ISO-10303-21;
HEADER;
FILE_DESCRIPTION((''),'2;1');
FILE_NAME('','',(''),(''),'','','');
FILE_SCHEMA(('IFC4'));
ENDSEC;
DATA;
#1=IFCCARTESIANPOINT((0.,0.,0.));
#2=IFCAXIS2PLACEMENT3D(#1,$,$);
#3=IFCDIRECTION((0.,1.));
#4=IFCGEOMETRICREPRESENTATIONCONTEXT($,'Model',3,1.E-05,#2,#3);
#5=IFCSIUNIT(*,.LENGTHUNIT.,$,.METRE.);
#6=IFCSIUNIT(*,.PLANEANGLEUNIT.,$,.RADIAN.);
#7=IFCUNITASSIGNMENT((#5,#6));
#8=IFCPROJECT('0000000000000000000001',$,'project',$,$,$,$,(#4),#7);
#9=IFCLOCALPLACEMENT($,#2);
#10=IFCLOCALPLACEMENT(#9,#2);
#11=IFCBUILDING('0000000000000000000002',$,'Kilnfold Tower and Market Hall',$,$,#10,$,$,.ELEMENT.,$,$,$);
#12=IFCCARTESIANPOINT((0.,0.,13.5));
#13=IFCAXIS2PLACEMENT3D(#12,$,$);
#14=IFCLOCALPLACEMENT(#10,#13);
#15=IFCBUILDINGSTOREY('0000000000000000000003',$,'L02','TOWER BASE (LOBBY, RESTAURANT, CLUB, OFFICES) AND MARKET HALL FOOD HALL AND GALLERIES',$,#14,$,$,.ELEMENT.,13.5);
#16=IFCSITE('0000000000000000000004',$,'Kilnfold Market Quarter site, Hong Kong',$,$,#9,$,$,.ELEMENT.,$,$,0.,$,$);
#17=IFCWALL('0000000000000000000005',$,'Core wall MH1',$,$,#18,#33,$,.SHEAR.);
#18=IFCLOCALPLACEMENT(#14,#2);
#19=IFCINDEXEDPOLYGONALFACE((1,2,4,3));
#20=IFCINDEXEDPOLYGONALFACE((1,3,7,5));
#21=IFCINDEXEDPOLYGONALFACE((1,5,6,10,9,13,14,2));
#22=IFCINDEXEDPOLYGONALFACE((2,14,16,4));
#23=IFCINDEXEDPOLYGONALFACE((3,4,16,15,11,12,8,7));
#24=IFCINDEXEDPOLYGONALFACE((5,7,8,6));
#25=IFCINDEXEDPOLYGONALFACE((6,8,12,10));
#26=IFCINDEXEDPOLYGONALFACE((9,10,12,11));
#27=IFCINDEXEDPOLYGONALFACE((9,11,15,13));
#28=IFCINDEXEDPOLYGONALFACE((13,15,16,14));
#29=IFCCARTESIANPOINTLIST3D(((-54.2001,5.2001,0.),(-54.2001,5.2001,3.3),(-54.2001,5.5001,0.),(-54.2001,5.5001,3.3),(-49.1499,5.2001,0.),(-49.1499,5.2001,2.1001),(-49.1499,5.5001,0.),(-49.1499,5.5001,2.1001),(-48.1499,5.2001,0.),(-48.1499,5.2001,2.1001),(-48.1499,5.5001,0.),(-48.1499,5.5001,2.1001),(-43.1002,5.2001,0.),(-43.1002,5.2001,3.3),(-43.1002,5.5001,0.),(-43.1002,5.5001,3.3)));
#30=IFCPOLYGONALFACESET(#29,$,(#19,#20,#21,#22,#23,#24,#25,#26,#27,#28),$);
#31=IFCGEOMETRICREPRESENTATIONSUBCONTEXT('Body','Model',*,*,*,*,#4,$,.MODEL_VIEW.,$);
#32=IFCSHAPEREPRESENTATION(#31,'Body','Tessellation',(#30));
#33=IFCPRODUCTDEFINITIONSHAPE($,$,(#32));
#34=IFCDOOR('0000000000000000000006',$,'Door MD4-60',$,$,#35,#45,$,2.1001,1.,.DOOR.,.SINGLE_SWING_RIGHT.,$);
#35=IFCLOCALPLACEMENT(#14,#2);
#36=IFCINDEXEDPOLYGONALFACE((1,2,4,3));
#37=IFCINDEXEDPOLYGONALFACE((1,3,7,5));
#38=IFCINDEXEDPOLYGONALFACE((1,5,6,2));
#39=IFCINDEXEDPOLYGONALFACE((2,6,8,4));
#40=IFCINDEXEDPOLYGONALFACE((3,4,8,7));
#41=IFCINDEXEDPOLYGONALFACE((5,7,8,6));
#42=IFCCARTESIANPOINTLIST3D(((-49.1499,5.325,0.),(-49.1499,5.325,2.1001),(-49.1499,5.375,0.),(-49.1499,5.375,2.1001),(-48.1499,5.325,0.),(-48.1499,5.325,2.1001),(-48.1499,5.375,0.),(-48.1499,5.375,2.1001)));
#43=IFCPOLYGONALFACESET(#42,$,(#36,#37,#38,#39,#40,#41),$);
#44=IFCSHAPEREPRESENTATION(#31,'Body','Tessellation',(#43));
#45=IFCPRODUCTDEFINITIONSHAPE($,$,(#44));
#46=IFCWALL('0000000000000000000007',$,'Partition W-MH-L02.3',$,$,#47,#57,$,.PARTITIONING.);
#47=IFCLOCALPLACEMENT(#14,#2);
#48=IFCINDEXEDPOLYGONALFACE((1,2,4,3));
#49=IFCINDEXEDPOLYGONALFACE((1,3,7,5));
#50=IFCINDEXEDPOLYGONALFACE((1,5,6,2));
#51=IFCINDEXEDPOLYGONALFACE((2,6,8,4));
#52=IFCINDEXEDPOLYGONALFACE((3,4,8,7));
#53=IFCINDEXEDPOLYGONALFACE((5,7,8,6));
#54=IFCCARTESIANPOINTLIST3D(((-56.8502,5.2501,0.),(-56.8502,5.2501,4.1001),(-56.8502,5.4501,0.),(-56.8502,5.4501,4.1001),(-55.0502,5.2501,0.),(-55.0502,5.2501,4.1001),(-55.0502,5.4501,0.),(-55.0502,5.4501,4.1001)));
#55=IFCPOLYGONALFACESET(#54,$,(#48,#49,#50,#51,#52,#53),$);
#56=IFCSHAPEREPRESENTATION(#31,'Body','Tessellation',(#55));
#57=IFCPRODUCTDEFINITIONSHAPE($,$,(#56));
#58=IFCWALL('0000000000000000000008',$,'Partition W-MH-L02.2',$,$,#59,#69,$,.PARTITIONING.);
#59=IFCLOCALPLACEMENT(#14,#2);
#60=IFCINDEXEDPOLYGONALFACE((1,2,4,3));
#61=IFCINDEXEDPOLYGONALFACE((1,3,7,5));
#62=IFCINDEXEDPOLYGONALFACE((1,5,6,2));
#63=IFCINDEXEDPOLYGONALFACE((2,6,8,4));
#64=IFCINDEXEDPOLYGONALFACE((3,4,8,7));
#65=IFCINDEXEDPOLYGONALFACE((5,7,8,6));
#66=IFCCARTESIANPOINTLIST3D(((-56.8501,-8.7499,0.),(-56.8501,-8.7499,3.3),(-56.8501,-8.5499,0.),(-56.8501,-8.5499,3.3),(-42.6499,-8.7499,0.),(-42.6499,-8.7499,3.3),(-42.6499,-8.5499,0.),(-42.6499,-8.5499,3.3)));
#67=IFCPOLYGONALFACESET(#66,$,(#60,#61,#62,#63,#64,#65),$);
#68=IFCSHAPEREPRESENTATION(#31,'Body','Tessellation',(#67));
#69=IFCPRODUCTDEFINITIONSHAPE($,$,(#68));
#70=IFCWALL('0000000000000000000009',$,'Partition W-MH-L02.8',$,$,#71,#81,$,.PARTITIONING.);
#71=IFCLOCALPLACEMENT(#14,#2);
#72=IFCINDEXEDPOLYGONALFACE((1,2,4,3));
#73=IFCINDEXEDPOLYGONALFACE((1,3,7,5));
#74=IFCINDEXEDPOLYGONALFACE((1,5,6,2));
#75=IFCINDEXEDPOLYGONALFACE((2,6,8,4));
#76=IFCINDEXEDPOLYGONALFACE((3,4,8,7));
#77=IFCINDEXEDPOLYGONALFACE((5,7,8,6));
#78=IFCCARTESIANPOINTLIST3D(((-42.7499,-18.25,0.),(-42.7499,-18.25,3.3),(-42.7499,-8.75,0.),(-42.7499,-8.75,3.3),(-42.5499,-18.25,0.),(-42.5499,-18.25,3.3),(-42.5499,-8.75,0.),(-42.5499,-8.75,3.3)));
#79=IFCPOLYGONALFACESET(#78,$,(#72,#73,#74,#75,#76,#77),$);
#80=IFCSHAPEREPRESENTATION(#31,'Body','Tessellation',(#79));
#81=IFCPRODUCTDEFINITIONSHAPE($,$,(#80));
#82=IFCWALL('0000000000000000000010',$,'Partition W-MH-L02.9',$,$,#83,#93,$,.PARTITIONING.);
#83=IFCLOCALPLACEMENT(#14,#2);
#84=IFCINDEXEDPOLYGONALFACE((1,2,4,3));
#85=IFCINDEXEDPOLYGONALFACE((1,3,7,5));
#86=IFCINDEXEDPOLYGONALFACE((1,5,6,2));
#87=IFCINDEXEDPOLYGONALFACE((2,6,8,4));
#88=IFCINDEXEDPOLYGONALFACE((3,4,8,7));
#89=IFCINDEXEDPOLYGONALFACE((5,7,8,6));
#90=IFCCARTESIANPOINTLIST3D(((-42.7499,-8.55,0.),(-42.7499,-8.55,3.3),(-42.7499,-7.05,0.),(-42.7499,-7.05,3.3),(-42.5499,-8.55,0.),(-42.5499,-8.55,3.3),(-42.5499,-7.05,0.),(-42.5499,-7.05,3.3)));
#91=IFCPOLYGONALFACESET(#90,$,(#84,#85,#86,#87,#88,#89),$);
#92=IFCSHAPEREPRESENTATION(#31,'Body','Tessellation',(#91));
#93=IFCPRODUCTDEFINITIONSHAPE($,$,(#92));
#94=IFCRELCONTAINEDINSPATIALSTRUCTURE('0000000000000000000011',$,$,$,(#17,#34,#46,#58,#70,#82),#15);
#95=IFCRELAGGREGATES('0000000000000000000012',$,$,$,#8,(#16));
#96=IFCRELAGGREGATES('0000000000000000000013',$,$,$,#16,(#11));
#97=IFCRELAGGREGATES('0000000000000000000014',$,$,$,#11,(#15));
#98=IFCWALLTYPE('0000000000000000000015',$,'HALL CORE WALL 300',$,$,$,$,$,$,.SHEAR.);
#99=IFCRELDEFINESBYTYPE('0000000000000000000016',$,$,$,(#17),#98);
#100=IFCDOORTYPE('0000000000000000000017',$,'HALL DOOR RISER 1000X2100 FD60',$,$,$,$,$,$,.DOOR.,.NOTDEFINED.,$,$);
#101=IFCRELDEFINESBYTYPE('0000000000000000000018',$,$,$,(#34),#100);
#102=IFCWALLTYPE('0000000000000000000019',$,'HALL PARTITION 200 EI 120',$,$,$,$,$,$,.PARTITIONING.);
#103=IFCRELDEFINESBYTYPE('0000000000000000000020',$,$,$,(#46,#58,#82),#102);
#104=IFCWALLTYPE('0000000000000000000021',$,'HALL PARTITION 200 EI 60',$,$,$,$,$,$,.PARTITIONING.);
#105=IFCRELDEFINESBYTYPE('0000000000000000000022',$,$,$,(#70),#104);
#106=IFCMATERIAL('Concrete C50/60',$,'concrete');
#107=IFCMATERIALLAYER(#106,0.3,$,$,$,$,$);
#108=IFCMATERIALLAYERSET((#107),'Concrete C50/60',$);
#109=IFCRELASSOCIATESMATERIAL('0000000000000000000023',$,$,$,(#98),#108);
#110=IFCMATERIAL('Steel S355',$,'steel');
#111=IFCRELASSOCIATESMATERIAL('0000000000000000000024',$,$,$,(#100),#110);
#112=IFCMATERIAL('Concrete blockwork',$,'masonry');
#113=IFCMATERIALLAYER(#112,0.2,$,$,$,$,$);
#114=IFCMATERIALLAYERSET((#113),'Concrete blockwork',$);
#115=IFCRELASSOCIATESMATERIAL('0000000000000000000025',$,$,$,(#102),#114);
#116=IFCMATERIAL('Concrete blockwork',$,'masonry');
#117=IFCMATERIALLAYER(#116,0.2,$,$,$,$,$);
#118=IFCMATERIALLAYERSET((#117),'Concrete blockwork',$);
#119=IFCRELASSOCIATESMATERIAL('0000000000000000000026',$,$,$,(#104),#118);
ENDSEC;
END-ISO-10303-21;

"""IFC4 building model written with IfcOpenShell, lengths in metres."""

from ifc_helpers import new_model, si_unit, direction, frame, frame_2d, origin, place, context, subcontext, project, spatial, rectangle, extrude, source, transform, mapped, material, layer, layer_set, type_object, element, fill, save


model = new_model("IFC4")

# Units and contexts
model_context = context("Model", 3, precision=1e-05, world=origin(), true_north=direction((0.0, 1.0)))
body_context = subcontext(model_context, "Body", "Model", "MODEL_VIEW")
ifc_project = project(units=[si_unit("LENGTHUNIT", "METRE"), si_unit("PLANEANGLEUNIT", "RADIAN")], contexts=[model_context])

# Site, building, storey
site_placement = place(None, origin())
site = spatial("IfcSite", under=ifc_project, at=site_placement, Name="Kilnfold Market Quarter site, Hong Kong", CompositionType="ELEMENT", RefElevation=0.0)
building_placement = place(site_placement, origin())
building = spatial("IfcBuilding", under=site, at=building_placement, Name="Kilnfold Tower and Market Hall", CompositionType="ELEMENT")
storey_placement = place(building_placement, frame((0.0, 0.0, 13.5)))
storey = spatial("IfcBuildingStorey", under=building, at=storey_placement, Name="L02", Description="TOWER BASE (LOBBY, RESTAURANT, CLUB, OFFICES) AND MARKET HALL FOOD HALL AND GALLERIES", CompositionType="ELEMENT", Elevation=13.5)

# Wall, opening, door
ifc_material_1 = material(Name="Concrete C50/60", Category="concrete")
ifc_layer_1 = layer(ifc_material_1, 0.3)
ifc_layer_set_1 = layer_set([ifc_layer_1], Name="Concrete C50/60")
wall_type_1 = type_object("IfcWallType", Name="HALL CORE WALL 300", PredefinedType="SHEAR", material=ifc_layer_set_1)
shared_shape_1 = source(origin(), body_context, "Body", "SweptSolid", [
    extrude(rectangle(XDim=11.0999, YDim=0.3, at=frame_2d((5.5498, 0.0))), origin(), (0.0, 0.0, 1.0), 3.3),
])
wall_1_placement = place(storey_placement, frame((-54.2, 5.3501, 0.0), z_axis=(0.0, 0.0, 1.0), x_axis=(1.0, 0.0, 0.0)))
wall_1 = element("IfcWall", 1, at=wall_1_placement, inside=storey, type_object=wall_type_1, Name="Core wall MH1", PredefinedType="SHEAR", context=body_context, shape_type="MappedRepresentation", body=[
    mapped(shared_shape_1, transform((0.0, 0.0, 0.0))),
])
opening_placement = place(wall_1_placement, frame((5.05, 0.0, 0.0)))
opening = element("IfcOpeningElement", 2, at=opening_placement, cuts=wall_1, PredefinedType="OPENING", context=body_context, shape_type="SweptSolid", body=[
    extrude(rectangle(XDim=1.0, YDim=2.1001, at=frame_2d((0.5, 1.05))), frame((0.0, 0.1602, 0.0), z_axis=(0.0, -1.0, 0.0), x_axis=(1.0, 0.0, 0.0)), (0.0, 0.0, 1.0), 0.3201),
])
ifc_material_2 = material(Name="Steel S355", Category="steel")
door_type = type_object("IfcDoorType", Name="HALL DOOR RISER 1000X2100 FD60", OperationType="NOTDEFINED", PredefinedType="DOOR", material=ifc_material_2)
door_placement = place(opening_placement, origin())
door = element("IfcDoor", 3, at=door_placement, inside=storey, type_object=door_type, Name="Door MD4-60", OperationType="SINGLE_SWING_RIGHT", OverallHeight=2.1001, OverallWidth=1.0, PredefinedType="DOOR", context=body_context, shape_type="SweptSolid", body=[
    extrude(rectangle(XDim=1.0, YDim=2.1001, at=frame_2d((0.5, 1.05))), frame((0.0, 0.0249, 0.0), z_axis=(0.0, -1.0, 0.0), x_axis=(1.0, 0.0, 0.0)), (0.0, 0.0, 1.0), 0.05),
])
fill(opening, door)

# Walls
ifc_material_3 = material(Name="Concrete blockwork", Category="masonry")
ifc_layer_2 = layer(ifc_material_3, 0.2)
ifc_layer_set_2 = layer_set([ifc_layer_2], Name="Concrete blockwork")
wall_type_2 = type_object("IfcWallType", Name="HALL PARTITION 200 EI 120", PredefinedType="PARTITIONING", material=ifc_layer_set_2)
shared_shape_2 = source(origin(), body_context, "Body", "SweptSolid", [
    extrude(rectangle(XDim=1.8, YDim=0.2, at=frame_2d((0.8999, 0.0))), origin(), (0.0, 0.0, 1.0), 4.1001),
])
wall_2_placement = place(storey_placement, frame((-56.8501, 5.3501, 0.0), z_axis=(0.0, 0.0, 1.0), x_axis=(1.0, 0.0, 0.0)))
element("IfcWall", 4, at=wall_2_placement, inside=storey, type_object=wall_type_2, Name="Partition W-MH-L02.3", PredefinedType="PARTITIONING", context=body_context, shape_type="MappedRepresentation", body=[
    mapped(shared_shape_2, transform((0.0, 0.0, 0.0))),
])
shared_shape_3 = source(origin(), body_context, "Body", "SweptSolid", [
    extrude(rectangle(XDim=14.2002, YDim=0.2, at=frame_2d((7.1001, 0.0))), origin(), (0.0, 0.0, 1.0), 3.3),
])
wall_3_placement = place(storey_placement, frame((-56.8501, -8.6499, 0.0), z_axis=(0.0, 0.0, 1.0), x_axis=(1.0, 0.0, 0.0)))
element("IfcWall", 5, at=wall_3_placement, inside=storey, type_object=wall_type_2, Name="Partition W-MH-L02.2", PredefinedType="PARTITIONING", context=body_context, shape_type="MappedRepresentation", body=[
    mapped(shared_shape_3, transform((0.0, 0.0, 0.0))),
])
ifc_material_4 = material(Name="Concrete blockwork", Category="masonry")
ifc_layer_3 = layer(ifc_material_4, 0.2)
ifc_layer_set_3 = layer_set([ifc_layer_3], Name="Concrete blockwork")
wall_type_3 = type_object("IfcWallType", Name="HALL PARTITION 200 EI 60", PredefinedType="PARTITIONING", material=ifc_layer_set_3)
shared_shape_4 = source(origin(), body_context, "Body", "SweptSolid", [
    extrude(rectangle(XDim=9.5, YDim=0.2, at=frame_2d((4.75, 0.0))), origin(), (0.0, 0.0, 1.0), 3.3),
])
wall_4_placement = place(storey_placement, frame((-42.6499, -18.25, 0.0), z_axis=(0.0, 0.0, 1.0), x_axis=(0.0, 1.0, 0.0)))
element("IfcWall", 6, at=wall_4_placement, inside=storey, type_object=wall_type_3, Name="Partition W-MH-L02.8", PredefinedType="PARTITIONING", context=body_context, shape_type="MappedRepresentation", body=[
    mapped(shared_shape_4, transform((0.0, 0.0, 0.0))),
])
shared_shape_5 = source(origin(), body_context, "Body", "SweptSolid", [
    extrude(rectangle(XDim=1.5, YDim=0.2, at=frame_2d((0.75, 0.0))), origin(), (0.0, 0.0, 1.0), 3.3),
])
wall_5_placement = place(storey_placement, frame((-42.6499, -8.55, 0.0), z_axis=(0.0, 0.0, 1.0), x_axis=(0.0, 1.0, 0.0)))
element("IfcWall", 7, at=wall_5_placement, inside=storey, type_object=wall_type_2, Name="Partition W-MH-L02.9", PredefinedType="PARTITIONING", context=body_context, shape_type="MappedRepresentation", body=[
    mapped(shared_shape_5, transform((0.0, 0.0, 0.0))),
])

save(model, "model.ifc")
